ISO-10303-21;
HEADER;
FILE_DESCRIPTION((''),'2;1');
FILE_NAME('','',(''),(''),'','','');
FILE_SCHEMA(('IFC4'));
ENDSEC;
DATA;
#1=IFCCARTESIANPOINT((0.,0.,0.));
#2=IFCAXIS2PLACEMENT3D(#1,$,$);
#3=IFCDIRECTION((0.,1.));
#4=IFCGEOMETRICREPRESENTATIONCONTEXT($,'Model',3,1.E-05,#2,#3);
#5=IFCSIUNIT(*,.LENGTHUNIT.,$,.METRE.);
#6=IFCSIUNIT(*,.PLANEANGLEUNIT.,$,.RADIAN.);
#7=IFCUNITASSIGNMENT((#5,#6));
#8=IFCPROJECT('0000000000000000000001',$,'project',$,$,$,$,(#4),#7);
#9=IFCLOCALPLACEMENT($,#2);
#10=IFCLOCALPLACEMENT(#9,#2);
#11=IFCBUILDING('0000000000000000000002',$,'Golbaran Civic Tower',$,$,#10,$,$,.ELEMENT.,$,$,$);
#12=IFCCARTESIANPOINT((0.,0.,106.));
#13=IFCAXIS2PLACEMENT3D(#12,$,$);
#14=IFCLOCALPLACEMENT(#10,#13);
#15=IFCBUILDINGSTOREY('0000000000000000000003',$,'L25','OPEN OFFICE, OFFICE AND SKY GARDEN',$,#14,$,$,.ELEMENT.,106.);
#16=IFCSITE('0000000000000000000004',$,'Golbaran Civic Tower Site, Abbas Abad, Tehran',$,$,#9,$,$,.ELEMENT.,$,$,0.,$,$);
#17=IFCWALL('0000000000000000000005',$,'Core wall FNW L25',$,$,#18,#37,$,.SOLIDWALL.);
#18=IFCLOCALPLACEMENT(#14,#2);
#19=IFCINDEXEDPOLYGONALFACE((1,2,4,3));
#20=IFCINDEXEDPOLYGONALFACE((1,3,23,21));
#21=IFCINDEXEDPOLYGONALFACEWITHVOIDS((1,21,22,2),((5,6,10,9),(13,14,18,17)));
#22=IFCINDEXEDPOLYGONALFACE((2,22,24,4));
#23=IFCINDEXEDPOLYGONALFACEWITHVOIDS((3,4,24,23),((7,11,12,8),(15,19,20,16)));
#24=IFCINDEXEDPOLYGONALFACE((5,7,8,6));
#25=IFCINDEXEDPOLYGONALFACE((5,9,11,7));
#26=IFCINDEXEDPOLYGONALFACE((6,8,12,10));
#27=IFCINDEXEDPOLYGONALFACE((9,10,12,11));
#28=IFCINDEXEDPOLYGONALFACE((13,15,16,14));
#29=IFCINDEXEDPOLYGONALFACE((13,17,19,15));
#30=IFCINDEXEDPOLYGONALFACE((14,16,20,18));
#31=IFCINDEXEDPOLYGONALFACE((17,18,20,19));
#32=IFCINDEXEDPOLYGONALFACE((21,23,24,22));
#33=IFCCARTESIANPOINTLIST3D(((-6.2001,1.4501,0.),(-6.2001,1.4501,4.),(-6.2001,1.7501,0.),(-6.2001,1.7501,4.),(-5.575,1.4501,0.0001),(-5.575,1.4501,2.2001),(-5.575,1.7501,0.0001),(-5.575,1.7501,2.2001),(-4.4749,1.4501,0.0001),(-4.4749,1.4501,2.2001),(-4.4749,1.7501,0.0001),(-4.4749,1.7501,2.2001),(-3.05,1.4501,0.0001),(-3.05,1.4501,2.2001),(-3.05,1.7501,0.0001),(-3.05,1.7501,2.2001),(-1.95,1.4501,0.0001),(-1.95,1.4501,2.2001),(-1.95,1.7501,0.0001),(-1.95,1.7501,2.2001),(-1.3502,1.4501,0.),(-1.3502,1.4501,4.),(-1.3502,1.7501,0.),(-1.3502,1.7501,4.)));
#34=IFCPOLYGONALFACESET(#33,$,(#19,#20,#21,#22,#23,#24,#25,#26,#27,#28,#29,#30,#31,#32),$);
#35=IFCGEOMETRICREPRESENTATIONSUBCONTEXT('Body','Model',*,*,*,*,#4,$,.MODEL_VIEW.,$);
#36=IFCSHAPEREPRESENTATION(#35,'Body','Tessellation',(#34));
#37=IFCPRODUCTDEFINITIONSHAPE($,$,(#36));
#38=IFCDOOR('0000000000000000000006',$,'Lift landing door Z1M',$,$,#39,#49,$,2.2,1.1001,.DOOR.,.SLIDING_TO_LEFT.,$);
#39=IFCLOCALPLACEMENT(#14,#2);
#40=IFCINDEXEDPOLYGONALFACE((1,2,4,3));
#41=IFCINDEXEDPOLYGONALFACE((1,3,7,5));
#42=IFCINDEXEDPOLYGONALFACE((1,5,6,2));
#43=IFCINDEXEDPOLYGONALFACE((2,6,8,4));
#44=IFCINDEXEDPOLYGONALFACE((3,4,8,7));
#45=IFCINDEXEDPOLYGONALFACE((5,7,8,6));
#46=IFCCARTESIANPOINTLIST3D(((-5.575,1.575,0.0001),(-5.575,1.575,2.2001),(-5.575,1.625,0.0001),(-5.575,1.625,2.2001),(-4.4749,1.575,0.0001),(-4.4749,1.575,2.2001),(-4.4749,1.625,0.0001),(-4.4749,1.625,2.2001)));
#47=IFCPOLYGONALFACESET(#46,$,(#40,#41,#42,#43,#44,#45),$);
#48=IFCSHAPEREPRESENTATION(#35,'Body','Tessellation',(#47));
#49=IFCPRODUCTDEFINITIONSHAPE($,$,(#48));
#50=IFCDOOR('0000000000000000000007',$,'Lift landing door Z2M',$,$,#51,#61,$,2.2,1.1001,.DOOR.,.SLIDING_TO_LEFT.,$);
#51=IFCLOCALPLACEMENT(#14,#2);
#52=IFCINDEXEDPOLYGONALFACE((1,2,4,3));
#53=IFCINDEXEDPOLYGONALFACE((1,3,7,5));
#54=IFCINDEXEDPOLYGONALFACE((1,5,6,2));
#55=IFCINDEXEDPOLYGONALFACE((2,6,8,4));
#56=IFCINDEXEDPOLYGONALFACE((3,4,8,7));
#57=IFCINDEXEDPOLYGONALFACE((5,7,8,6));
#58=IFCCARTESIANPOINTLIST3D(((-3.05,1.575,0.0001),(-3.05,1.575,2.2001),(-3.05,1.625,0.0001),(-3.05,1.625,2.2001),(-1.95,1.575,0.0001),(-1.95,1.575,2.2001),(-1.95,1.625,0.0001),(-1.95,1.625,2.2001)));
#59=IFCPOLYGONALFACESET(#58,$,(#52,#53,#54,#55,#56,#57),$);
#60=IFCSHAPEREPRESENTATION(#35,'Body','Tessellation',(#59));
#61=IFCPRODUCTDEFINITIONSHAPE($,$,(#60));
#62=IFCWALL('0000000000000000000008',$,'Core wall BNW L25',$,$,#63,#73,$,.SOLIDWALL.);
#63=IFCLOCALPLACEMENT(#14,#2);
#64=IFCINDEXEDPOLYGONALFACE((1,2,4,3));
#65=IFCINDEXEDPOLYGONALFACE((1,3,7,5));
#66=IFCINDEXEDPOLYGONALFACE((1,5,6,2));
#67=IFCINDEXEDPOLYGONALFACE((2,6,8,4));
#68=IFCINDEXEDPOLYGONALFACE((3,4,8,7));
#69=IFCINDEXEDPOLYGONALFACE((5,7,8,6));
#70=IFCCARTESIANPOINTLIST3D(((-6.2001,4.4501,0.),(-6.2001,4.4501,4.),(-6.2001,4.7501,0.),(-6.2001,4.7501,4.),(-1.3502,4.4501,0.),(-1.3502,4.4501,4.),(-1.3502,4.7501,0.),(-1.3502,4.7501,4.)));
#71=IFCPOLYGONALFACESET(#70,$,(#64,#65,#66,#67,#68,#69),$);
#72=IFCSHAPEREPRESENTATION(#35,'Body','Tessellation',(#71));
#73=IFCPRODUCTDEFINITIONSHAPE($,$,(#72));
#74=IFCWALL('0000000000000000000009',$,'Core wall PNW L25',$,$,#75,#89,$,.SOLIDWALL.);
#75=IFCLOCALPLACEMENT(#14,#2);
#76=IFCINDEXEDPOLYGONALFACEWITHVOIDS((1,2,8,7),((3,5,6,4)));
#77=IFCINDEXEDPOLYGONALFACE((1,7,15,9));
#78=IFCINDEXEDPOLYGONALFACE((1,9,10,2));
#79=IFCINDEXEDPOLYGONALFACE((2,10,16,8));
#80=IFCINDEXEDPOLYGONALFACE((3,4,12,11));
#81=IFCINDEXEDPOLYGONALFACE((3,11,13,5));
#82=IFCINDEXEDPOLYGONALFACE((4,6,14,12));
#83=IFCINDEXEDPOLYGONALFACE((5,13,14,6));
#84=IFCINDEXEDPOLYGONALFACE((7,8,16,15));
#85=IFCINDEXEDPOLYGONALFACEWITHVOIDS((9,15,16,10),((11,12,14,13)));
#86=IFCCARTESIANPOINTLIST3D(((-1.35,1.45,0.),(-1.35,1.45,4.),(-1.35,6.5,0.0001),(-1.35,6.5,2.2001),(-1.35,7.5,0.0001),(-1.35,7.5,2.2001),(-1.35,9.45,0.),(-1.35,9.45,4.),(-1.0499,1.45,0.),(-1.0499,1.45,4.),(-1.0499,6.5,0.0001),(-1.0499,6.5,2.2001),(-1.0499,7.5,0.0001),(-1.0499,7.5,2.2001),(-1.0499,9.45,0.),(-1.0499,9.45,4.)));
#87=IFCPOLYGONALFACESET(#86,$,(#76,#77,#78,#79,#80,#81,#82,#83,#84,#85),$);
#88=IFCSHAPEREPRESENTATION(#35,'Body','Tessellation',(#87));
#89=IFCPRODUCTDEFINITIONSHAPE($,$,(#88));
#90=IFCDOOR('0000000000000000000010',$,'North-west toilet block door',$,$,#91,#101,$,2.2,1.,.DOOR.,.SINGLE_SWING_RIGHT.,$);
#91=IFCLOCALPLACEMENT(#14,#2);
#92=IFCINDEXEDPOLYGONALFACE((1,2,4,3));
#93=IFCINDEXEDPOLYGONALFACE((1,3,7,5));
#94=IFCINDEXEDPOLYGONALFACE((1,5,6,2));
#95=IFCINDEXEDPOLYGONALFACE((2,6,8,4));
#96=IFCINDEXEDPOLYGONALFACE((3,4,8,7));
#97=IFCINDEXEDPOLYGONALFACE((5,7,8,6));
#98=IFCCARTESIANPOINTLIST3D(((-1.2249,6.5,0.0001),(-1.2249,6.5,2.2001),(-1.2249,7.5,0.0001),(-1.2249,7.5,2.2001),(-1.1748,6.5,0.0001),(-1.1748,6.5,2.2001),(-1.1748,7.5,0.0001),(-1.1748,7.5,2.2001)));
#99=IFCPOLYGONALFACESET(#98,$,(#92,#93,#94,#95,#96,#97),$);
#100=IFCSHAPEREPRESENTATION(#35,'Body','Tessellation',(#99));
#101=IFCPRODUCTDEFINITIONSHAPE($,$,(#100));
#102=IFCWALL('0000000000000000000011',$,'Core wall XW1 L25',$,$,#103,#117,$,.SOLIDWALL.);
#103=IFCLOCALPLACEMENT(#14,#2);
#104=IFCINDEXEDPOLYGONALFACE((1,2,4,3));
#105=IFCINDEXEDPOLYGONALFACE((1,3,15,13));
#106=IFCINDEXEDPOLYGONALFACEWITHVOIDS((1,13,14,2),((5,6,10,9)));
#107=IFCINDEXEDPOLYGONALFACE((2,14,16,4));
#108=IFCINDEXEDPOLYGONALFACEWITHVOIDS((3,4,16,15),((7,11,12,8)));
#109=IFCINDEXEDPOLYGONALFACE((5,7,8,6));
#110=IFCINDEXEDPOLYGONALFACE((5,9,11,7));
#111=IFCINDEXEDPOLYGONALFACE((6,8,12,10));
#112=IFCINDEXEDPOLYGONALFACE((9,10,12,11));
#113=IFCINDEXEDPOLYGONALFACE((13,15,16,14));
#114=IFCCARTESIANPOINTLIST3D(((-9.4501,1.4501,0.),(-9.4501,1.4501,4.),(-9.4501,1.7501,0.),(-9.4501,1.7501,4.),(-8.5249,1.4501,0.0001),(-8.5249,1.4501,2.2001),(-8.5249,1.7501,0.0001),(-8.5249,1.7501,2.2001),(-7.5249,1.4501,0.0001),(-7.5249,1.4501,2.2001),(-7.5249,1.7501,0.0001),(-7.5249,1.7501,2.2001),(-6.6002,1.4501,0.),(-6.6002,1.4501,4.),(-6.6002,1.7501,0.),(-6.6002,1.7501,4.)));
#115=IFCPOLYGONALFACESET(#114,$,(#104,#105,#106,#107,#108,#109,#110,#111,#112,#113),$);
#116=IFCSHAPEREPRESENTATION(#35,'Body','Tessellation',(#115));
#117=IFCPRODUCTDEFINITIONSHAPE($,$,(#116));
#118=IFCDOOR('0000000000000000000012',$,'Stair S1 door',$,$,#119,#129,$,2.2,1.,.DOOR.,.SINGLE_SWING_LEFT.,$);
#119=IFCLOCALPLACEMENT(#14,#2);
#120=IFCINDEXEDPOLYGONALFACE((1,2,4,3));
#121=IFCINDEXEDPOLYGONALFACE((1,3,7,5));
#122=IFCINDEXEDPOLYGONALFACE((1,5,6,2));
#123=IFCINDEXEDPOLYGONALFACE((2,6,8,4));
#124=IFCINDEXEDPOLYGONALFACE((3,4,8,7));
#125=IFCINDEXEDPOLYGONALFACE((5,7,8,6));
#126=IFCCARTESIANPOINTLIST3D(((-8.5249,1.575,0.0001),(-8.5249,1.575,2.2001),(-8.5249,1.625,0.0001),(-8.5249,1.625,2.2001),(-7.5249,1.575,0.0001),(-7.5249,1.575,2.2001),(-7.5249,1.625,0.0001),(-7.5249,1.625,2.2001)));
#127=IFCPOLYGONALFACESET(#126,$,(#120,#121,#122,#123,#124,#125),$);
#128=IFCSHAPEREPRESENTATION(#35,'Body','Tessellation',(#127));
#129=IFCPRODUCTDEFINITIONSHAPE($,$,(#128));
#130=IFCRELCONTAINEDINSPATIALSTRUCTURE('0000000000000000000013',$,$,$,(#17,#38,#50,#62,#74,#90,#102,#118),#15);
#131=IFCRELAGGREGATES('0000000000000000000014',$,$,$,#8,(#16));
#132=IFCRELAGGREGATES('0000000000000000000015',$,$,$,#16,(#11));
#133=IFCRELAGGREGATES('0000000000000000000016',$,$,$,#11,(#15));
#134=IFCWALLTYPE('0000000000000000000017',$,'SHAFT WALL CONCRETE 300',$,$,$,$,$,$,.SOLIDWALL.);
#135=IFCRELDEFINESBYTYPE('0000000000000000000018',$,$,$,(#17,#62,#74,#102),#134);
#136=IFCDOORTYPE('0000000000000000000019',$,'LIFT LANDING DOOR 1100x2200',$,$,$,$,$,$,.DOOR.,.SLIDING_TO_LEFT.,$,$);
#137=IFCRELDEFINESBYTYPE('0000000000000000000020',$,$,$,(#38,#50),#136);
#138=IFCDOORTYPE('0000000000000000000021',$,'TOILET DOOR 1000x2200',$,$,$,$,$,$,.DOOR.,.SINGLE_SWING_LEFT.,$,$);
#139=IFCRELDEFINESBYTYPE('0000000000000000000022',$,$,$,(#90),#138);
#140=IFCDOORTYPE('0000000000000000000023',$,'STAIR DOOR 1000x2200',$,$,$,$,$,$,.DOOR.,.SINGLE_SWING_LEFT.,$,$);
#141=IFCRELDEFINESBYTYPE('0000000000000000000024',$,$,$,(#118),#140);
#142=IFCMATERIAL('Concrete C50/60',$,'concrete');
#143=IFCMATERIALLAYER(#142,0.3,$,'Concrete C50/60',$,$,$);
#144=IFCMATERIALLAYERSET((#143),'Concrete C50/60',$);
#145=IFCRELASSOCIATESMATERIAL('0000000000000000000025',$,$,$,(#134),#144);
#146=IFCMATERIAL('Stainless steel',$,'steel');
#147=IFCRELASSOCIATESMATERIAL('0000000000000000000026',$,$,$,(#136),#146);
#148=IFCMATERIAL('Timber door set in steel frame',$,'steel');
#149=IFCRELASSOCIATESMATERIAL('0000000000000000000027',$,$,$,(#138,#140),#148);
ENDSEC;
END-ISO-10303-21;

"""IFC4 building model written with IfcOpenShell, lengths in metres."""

from ifc_helpers import new_model, si_unit, direction, frame, frame_2d, origin, place, context, subcontext, project, spatial, rectangle, extrude, material, layer, layer_set, type_object, element, fill, save


model = new_model("IFC4")

# Units and contexts
model_context = context("Model", 3, precision=1e-05, world=origin(), true_north=direction((0.0, 1.0)))
body_context = subcontext(model_context, "Body", "Model", "MODEL_VIEW")
ifc_project = project(units=[si_unit("LENGTHUNIT", "METRE"), si_unit("PLANEANGLEUNIT", "RADIAN")], contexts=[model_context])

# Site, building, storey
site_placement = place(None, origin())
site = spatial("IfcSite", under=ifc_project, at=site_placement, Name="Golbaran Civic Tower Site, Abbas Abad, Tehran", CompositionType="ELEMENT", RefElevation=0.0)
building_placement = place(site_placement, origin())
building = spatial("IfcBuilding", under=site, at=building_placement, Name="Golbaran Civic Tower", CompositionType="ELEMENT")
storey_placement = place(building_placement, frame((0.0, 0.0, 106.0)))
storey = spatial("IfcBuildingStorey", under=building, at=storey_placement, Name="L25", Description="OPEN OFFICE, OFFICE AND SKY GARDEN", CompositionType="ELEMENT", Elevation=106.0)

# Wall, openings, doors
ifc_material_1 = material(Name="Concrete C50/60", Category="concrete")
ifc_layer_1 = layer(ifc_material_1, 0.3, Name="Concrete C50/60")
ifc_layer_set_1 = layer_set([ifc_layer_1], Name="Concrete C50/60")
wall_type_1 = type_object("IfcWallType", Name="SHAFT WALL CONCRETE 300", PredefinedType="SOLIDWALL", material=ifc_layer_set_1)
wall_1_placement = place(storey_placement, frame((-6.2, 1.6001, 0.0), z_axis=(0.0, 0.0, 1.0), x_axis=(1.0, 0.0, 0.0)))
wall_1 = element("IfcWall", 1, at=wall_1_placement, inside=storey, type_object=wall_type_1, Name="Core wall FNW L25", PredefinedType="SOLIDWALL", context=body_context, shape_type="SweptSolid", body=[
    extrude(rectangle(XDim=4.8499, YDim=0.3, at=frame_2d((2.4248, 0.0))), origin(), (0.0, 0.0, 1.0), 4.0),
])
opening_1_placement = place(wall_1_placement, frame((0.625, 0.0, 0.0)))
opening_1 = element("IfcOpeningElement", 2, at=opening_1_placement, cuts=wall_1, PredefinedType="OPENING", context=body_context, shape_type="SweptSolid", body=[
    extrude(rectangle(XDim=1.1001, YDim=2.2, at=frame_2d((0.55, 1.1001))), frame((0.0, 0.1599, 0.0), z_axis=(0.0, -1.0, 0.0), x_axis=(1.0, 0.0, 0.0)), (0.0, 0.0, 1.0), 0.3201),
])
opening_2_placement = place(wall_1_placement, frame((3.1499, 0.0, 0.0)))
opening_2 = element("IfcOpeningElement", 3, at=opening_2_placement, cuts=wall_1, PredefinedType="OPENING", context=body_context, shape_type="SweptSolid", body=[
    extrude(rectangle(XDim=1.1001, YDim=2.2, at=frame_2d((0.55, 1.1001))), frame((0.0, 0.1599, 0.0), z_axis=(0.0, -1.0, 0.0), x_axis=(1.0, 0.0, 0.0)), (0.0, 0.0, 1.0), 0.3201),
])
ifc_material_2 = material(Name="Stainless steel", Category="steel")
door_type_1 = type_object("IfcDoorType", Name="LIFT LANDING DOOR 1100x2200", OperationType="SLIDING_TO_LEFT", PredefinedType="DOOR", material=ifc_material_2)
door_1_placement = place(opening_1_placement, origin())
door_1 = element("IfcDoor", 4, at=door_1_placement, inside=storey, type_object=door_type_1, Name="Lift landing door Z1M", OperationType="SLIDING_TO_LEFT", OverallHeight=2.2, OverallWidth=1.1001, PredefinedType="DOOR", context=body_context, shape_type="SweptSolid", body=[
    extrude(rectangle(XDim=1.1001, YDim=2.2, at=frame_2d((0.55, 1.1001))), frame((0.0, 0.0249, 0.0), z_axis=(0.0, -1.0, 0.0), x_axis=(1.0, 0.0, 0.0)), (0.0, 0.0, 1.0), 0.05),
])
fill(opening_1, door_1)
door_2_placement = place(opening_2_placement, origin())
door_2 = element("IfcDoor", 5, at=door_2_placement, inside=storey, type_object=door_type_1, Name="Lift landing door Z2M", OperationType="SLIDING_TO_LEFT", OverallHeight=2.2, OverallWidth=1.1001, PredefinedType="DOOR", context=body_context, shape_type="SweptSolid", body=[
    extrude(rectangle(XDim=1.1001, YDim=2.2, at=frame_2d((0.55, 1.1001))), frame((0.0, 0.0249, 0.0), z_axis=(0.0, -1.0, 0.0), x_axis=(1.0, 0.0, 0.0)), (0.0, 0.0, 1.0), 0.05),
])
fill(opening_2, door_2)

# Wall
wall_2_placement = place(storey_placement, frame((-6.2, 4.6001, 0.0), z_axis=(0.0, 0.0, 1.0), x_axis=(1.0, 0.0, 0.0)))
element("IfcWall", 6, at=wall_2_placement, inside=storey, type_object=wall_type_1, Name="Core wall BNW L25", PredefinedType="SOLIDWALL", context=body_context, shape_type="SweptSolid", body=[
    extrude(rectangle(XDim=4.8499, YDim=0.3, at=frame_2d((2.4248, 0.0))), origin(), (0.0, 0.0, 1.0), 4.0),
])

# Walls, openings, doors
wall_3_placement = place(storey_placement, frame((-1.2, 1.45, 0.0), z_axis=(0.0, 0.0, 1.0), x_axis=(0.0, 1.0, 0.0)))
wall_3 = element("IfcWall", 7, at=wall_3_placement, inside=storey, type_object=wall_type_1, Name="Core wall PNW L25", PredefinedType="SOLIDWALL", context=body_context, shape_type="SweptSolid", body=[
    extrude(rectangle(XDim=8.0, YDim=0.3, at=frame_2d((4.0, 0.0))), origin(), (0.0, 0.0, 1.0), 4.0),
])
opening_3_placement = place(wall_3_placement, frame((5.05, 0.0, 0.0)))
opening_3 = element("IfcOpeningElement", 8, at=opening_3_placement, cuts=wall_3, PredefinedType="OPENING", context=body_context, shape_type="SweptSolid", body=[
    extrude(rectangle(XDim=1.0, YDim=2.2, at=frame_2d((0.5, 1.1001))), frame((0.0, 0.1599, 0.0), z_axis=(0.0, -1.0, 0.0), x_axis=(1.0, 0.0, 0.0)), (0.0, 0.0, 1.0), 0.3201),
])
ifc_material_3 = material(Name="Timber door set in steel frame", Category="steel")
door_type_2 = type_object("IfcDoorType", Name="TOILET DOOR 1000x2200", OperationType="SINGLE_SWING_LEFT", PredefinedType="DOOR", material=ifc_material_3)
door_3_placement = place(opening_3_placement, origin())
door_3 = element("IfcDoor", 9, at=door_3_placement, inside=storey, type_object=door_type_2, Name="North-west toilet block door", OperationType="SINGLE_SWING_RIGHT", OverallHeight=2.2, OverallWidth=1.0, PredefinedType="DOOR", context=body_context, shape_type="SweptSolid", body=[
    extrude(rectangle(XDim=1.0, YDim=2.2, at=frame_2d((0.5, 1.1001))), frame((0.0, 0.0249, 0.0), z_axis=(0.0, -1.0, 0.0), x_axis=(1.0, 0.0, 0.0)), (0.0, 0.0, 1.0), 0.05),
])
fill(opening_3, door_3)
wall_4_placement = place(storey_placement, frame((-9.45, 1.6001, 0.0), z_axis=(0.0, 0.0, 1.0), x_axis=(1.0, 0.0, 0.0)))
wall_4 = element("IfcWall", 10, at=wall_4_placement, inside=storey, type_object=wall_type_1, Name="Core wall XW1 L25", PredefinedType="SOLIDWALL", context=body_context, shape_type="SweptSolid", body=[
    extrude(rectangle(XDim=2.8499, YDim=0.3, at=frame_2d((1.4248, 0.0))), origin(), (0.0, 0.0, 1.0), 4.0),
])
opening_4_placement = place(wall_4_placement, frame((0.925, 0.0, 0.0)))
opening_4 = element("IfcOpeningElement", 11, at=opening_4_placement, cuts=wall_4, PredefinedType="OPENING", context=body_context, shape_type="SweptSolid", body=[
    extrude(rectangle(XDim=1.0, YDim=2.2, at=frame_2d((0.5, 1.1001))), frame((0.0, 0.1599, 0.0), z_axis=(0.0, -1.0, 0.0), x_axis=(1.0, 0.0, 0.0)), (0.0, 0.0, 1.0), 0.3201),
])
door_type_3 = type_object("IfcDoorType", Name="STAIR DOOR 1000x2200", OperationType="SINGLE_SWING_LEFT", PredefinedType="DOOR", material=ifc_material_3)
door_4_placement = place(opening_4_placement, origin())
door_4 = element("IfcDoor", 12, at=door_4_placement, inside=storey, type_object=door_type_3, Name="Stair S1 door", OperationType="SINGLE_SWING_LEFT", OverallHeight=2.2, OverallWidth=1.0, PredefinedType="DOOR", context=body_context, shape_type="SweptSolid", body=[
    extrude(rectangle(XDim=1.0, YDim=2.2, at=frame_2d((0.5, 1.1001))), frame((0.0, 0.0249, 0.0), z_axis=(0.0, -1.0, 0.0), x_axis=(1.0, 0.0, 0.0)), (0.0, 0.0, 1.0), 0.05),
])
fill(opening_4, door_4)

save(model, "model.ifc")
